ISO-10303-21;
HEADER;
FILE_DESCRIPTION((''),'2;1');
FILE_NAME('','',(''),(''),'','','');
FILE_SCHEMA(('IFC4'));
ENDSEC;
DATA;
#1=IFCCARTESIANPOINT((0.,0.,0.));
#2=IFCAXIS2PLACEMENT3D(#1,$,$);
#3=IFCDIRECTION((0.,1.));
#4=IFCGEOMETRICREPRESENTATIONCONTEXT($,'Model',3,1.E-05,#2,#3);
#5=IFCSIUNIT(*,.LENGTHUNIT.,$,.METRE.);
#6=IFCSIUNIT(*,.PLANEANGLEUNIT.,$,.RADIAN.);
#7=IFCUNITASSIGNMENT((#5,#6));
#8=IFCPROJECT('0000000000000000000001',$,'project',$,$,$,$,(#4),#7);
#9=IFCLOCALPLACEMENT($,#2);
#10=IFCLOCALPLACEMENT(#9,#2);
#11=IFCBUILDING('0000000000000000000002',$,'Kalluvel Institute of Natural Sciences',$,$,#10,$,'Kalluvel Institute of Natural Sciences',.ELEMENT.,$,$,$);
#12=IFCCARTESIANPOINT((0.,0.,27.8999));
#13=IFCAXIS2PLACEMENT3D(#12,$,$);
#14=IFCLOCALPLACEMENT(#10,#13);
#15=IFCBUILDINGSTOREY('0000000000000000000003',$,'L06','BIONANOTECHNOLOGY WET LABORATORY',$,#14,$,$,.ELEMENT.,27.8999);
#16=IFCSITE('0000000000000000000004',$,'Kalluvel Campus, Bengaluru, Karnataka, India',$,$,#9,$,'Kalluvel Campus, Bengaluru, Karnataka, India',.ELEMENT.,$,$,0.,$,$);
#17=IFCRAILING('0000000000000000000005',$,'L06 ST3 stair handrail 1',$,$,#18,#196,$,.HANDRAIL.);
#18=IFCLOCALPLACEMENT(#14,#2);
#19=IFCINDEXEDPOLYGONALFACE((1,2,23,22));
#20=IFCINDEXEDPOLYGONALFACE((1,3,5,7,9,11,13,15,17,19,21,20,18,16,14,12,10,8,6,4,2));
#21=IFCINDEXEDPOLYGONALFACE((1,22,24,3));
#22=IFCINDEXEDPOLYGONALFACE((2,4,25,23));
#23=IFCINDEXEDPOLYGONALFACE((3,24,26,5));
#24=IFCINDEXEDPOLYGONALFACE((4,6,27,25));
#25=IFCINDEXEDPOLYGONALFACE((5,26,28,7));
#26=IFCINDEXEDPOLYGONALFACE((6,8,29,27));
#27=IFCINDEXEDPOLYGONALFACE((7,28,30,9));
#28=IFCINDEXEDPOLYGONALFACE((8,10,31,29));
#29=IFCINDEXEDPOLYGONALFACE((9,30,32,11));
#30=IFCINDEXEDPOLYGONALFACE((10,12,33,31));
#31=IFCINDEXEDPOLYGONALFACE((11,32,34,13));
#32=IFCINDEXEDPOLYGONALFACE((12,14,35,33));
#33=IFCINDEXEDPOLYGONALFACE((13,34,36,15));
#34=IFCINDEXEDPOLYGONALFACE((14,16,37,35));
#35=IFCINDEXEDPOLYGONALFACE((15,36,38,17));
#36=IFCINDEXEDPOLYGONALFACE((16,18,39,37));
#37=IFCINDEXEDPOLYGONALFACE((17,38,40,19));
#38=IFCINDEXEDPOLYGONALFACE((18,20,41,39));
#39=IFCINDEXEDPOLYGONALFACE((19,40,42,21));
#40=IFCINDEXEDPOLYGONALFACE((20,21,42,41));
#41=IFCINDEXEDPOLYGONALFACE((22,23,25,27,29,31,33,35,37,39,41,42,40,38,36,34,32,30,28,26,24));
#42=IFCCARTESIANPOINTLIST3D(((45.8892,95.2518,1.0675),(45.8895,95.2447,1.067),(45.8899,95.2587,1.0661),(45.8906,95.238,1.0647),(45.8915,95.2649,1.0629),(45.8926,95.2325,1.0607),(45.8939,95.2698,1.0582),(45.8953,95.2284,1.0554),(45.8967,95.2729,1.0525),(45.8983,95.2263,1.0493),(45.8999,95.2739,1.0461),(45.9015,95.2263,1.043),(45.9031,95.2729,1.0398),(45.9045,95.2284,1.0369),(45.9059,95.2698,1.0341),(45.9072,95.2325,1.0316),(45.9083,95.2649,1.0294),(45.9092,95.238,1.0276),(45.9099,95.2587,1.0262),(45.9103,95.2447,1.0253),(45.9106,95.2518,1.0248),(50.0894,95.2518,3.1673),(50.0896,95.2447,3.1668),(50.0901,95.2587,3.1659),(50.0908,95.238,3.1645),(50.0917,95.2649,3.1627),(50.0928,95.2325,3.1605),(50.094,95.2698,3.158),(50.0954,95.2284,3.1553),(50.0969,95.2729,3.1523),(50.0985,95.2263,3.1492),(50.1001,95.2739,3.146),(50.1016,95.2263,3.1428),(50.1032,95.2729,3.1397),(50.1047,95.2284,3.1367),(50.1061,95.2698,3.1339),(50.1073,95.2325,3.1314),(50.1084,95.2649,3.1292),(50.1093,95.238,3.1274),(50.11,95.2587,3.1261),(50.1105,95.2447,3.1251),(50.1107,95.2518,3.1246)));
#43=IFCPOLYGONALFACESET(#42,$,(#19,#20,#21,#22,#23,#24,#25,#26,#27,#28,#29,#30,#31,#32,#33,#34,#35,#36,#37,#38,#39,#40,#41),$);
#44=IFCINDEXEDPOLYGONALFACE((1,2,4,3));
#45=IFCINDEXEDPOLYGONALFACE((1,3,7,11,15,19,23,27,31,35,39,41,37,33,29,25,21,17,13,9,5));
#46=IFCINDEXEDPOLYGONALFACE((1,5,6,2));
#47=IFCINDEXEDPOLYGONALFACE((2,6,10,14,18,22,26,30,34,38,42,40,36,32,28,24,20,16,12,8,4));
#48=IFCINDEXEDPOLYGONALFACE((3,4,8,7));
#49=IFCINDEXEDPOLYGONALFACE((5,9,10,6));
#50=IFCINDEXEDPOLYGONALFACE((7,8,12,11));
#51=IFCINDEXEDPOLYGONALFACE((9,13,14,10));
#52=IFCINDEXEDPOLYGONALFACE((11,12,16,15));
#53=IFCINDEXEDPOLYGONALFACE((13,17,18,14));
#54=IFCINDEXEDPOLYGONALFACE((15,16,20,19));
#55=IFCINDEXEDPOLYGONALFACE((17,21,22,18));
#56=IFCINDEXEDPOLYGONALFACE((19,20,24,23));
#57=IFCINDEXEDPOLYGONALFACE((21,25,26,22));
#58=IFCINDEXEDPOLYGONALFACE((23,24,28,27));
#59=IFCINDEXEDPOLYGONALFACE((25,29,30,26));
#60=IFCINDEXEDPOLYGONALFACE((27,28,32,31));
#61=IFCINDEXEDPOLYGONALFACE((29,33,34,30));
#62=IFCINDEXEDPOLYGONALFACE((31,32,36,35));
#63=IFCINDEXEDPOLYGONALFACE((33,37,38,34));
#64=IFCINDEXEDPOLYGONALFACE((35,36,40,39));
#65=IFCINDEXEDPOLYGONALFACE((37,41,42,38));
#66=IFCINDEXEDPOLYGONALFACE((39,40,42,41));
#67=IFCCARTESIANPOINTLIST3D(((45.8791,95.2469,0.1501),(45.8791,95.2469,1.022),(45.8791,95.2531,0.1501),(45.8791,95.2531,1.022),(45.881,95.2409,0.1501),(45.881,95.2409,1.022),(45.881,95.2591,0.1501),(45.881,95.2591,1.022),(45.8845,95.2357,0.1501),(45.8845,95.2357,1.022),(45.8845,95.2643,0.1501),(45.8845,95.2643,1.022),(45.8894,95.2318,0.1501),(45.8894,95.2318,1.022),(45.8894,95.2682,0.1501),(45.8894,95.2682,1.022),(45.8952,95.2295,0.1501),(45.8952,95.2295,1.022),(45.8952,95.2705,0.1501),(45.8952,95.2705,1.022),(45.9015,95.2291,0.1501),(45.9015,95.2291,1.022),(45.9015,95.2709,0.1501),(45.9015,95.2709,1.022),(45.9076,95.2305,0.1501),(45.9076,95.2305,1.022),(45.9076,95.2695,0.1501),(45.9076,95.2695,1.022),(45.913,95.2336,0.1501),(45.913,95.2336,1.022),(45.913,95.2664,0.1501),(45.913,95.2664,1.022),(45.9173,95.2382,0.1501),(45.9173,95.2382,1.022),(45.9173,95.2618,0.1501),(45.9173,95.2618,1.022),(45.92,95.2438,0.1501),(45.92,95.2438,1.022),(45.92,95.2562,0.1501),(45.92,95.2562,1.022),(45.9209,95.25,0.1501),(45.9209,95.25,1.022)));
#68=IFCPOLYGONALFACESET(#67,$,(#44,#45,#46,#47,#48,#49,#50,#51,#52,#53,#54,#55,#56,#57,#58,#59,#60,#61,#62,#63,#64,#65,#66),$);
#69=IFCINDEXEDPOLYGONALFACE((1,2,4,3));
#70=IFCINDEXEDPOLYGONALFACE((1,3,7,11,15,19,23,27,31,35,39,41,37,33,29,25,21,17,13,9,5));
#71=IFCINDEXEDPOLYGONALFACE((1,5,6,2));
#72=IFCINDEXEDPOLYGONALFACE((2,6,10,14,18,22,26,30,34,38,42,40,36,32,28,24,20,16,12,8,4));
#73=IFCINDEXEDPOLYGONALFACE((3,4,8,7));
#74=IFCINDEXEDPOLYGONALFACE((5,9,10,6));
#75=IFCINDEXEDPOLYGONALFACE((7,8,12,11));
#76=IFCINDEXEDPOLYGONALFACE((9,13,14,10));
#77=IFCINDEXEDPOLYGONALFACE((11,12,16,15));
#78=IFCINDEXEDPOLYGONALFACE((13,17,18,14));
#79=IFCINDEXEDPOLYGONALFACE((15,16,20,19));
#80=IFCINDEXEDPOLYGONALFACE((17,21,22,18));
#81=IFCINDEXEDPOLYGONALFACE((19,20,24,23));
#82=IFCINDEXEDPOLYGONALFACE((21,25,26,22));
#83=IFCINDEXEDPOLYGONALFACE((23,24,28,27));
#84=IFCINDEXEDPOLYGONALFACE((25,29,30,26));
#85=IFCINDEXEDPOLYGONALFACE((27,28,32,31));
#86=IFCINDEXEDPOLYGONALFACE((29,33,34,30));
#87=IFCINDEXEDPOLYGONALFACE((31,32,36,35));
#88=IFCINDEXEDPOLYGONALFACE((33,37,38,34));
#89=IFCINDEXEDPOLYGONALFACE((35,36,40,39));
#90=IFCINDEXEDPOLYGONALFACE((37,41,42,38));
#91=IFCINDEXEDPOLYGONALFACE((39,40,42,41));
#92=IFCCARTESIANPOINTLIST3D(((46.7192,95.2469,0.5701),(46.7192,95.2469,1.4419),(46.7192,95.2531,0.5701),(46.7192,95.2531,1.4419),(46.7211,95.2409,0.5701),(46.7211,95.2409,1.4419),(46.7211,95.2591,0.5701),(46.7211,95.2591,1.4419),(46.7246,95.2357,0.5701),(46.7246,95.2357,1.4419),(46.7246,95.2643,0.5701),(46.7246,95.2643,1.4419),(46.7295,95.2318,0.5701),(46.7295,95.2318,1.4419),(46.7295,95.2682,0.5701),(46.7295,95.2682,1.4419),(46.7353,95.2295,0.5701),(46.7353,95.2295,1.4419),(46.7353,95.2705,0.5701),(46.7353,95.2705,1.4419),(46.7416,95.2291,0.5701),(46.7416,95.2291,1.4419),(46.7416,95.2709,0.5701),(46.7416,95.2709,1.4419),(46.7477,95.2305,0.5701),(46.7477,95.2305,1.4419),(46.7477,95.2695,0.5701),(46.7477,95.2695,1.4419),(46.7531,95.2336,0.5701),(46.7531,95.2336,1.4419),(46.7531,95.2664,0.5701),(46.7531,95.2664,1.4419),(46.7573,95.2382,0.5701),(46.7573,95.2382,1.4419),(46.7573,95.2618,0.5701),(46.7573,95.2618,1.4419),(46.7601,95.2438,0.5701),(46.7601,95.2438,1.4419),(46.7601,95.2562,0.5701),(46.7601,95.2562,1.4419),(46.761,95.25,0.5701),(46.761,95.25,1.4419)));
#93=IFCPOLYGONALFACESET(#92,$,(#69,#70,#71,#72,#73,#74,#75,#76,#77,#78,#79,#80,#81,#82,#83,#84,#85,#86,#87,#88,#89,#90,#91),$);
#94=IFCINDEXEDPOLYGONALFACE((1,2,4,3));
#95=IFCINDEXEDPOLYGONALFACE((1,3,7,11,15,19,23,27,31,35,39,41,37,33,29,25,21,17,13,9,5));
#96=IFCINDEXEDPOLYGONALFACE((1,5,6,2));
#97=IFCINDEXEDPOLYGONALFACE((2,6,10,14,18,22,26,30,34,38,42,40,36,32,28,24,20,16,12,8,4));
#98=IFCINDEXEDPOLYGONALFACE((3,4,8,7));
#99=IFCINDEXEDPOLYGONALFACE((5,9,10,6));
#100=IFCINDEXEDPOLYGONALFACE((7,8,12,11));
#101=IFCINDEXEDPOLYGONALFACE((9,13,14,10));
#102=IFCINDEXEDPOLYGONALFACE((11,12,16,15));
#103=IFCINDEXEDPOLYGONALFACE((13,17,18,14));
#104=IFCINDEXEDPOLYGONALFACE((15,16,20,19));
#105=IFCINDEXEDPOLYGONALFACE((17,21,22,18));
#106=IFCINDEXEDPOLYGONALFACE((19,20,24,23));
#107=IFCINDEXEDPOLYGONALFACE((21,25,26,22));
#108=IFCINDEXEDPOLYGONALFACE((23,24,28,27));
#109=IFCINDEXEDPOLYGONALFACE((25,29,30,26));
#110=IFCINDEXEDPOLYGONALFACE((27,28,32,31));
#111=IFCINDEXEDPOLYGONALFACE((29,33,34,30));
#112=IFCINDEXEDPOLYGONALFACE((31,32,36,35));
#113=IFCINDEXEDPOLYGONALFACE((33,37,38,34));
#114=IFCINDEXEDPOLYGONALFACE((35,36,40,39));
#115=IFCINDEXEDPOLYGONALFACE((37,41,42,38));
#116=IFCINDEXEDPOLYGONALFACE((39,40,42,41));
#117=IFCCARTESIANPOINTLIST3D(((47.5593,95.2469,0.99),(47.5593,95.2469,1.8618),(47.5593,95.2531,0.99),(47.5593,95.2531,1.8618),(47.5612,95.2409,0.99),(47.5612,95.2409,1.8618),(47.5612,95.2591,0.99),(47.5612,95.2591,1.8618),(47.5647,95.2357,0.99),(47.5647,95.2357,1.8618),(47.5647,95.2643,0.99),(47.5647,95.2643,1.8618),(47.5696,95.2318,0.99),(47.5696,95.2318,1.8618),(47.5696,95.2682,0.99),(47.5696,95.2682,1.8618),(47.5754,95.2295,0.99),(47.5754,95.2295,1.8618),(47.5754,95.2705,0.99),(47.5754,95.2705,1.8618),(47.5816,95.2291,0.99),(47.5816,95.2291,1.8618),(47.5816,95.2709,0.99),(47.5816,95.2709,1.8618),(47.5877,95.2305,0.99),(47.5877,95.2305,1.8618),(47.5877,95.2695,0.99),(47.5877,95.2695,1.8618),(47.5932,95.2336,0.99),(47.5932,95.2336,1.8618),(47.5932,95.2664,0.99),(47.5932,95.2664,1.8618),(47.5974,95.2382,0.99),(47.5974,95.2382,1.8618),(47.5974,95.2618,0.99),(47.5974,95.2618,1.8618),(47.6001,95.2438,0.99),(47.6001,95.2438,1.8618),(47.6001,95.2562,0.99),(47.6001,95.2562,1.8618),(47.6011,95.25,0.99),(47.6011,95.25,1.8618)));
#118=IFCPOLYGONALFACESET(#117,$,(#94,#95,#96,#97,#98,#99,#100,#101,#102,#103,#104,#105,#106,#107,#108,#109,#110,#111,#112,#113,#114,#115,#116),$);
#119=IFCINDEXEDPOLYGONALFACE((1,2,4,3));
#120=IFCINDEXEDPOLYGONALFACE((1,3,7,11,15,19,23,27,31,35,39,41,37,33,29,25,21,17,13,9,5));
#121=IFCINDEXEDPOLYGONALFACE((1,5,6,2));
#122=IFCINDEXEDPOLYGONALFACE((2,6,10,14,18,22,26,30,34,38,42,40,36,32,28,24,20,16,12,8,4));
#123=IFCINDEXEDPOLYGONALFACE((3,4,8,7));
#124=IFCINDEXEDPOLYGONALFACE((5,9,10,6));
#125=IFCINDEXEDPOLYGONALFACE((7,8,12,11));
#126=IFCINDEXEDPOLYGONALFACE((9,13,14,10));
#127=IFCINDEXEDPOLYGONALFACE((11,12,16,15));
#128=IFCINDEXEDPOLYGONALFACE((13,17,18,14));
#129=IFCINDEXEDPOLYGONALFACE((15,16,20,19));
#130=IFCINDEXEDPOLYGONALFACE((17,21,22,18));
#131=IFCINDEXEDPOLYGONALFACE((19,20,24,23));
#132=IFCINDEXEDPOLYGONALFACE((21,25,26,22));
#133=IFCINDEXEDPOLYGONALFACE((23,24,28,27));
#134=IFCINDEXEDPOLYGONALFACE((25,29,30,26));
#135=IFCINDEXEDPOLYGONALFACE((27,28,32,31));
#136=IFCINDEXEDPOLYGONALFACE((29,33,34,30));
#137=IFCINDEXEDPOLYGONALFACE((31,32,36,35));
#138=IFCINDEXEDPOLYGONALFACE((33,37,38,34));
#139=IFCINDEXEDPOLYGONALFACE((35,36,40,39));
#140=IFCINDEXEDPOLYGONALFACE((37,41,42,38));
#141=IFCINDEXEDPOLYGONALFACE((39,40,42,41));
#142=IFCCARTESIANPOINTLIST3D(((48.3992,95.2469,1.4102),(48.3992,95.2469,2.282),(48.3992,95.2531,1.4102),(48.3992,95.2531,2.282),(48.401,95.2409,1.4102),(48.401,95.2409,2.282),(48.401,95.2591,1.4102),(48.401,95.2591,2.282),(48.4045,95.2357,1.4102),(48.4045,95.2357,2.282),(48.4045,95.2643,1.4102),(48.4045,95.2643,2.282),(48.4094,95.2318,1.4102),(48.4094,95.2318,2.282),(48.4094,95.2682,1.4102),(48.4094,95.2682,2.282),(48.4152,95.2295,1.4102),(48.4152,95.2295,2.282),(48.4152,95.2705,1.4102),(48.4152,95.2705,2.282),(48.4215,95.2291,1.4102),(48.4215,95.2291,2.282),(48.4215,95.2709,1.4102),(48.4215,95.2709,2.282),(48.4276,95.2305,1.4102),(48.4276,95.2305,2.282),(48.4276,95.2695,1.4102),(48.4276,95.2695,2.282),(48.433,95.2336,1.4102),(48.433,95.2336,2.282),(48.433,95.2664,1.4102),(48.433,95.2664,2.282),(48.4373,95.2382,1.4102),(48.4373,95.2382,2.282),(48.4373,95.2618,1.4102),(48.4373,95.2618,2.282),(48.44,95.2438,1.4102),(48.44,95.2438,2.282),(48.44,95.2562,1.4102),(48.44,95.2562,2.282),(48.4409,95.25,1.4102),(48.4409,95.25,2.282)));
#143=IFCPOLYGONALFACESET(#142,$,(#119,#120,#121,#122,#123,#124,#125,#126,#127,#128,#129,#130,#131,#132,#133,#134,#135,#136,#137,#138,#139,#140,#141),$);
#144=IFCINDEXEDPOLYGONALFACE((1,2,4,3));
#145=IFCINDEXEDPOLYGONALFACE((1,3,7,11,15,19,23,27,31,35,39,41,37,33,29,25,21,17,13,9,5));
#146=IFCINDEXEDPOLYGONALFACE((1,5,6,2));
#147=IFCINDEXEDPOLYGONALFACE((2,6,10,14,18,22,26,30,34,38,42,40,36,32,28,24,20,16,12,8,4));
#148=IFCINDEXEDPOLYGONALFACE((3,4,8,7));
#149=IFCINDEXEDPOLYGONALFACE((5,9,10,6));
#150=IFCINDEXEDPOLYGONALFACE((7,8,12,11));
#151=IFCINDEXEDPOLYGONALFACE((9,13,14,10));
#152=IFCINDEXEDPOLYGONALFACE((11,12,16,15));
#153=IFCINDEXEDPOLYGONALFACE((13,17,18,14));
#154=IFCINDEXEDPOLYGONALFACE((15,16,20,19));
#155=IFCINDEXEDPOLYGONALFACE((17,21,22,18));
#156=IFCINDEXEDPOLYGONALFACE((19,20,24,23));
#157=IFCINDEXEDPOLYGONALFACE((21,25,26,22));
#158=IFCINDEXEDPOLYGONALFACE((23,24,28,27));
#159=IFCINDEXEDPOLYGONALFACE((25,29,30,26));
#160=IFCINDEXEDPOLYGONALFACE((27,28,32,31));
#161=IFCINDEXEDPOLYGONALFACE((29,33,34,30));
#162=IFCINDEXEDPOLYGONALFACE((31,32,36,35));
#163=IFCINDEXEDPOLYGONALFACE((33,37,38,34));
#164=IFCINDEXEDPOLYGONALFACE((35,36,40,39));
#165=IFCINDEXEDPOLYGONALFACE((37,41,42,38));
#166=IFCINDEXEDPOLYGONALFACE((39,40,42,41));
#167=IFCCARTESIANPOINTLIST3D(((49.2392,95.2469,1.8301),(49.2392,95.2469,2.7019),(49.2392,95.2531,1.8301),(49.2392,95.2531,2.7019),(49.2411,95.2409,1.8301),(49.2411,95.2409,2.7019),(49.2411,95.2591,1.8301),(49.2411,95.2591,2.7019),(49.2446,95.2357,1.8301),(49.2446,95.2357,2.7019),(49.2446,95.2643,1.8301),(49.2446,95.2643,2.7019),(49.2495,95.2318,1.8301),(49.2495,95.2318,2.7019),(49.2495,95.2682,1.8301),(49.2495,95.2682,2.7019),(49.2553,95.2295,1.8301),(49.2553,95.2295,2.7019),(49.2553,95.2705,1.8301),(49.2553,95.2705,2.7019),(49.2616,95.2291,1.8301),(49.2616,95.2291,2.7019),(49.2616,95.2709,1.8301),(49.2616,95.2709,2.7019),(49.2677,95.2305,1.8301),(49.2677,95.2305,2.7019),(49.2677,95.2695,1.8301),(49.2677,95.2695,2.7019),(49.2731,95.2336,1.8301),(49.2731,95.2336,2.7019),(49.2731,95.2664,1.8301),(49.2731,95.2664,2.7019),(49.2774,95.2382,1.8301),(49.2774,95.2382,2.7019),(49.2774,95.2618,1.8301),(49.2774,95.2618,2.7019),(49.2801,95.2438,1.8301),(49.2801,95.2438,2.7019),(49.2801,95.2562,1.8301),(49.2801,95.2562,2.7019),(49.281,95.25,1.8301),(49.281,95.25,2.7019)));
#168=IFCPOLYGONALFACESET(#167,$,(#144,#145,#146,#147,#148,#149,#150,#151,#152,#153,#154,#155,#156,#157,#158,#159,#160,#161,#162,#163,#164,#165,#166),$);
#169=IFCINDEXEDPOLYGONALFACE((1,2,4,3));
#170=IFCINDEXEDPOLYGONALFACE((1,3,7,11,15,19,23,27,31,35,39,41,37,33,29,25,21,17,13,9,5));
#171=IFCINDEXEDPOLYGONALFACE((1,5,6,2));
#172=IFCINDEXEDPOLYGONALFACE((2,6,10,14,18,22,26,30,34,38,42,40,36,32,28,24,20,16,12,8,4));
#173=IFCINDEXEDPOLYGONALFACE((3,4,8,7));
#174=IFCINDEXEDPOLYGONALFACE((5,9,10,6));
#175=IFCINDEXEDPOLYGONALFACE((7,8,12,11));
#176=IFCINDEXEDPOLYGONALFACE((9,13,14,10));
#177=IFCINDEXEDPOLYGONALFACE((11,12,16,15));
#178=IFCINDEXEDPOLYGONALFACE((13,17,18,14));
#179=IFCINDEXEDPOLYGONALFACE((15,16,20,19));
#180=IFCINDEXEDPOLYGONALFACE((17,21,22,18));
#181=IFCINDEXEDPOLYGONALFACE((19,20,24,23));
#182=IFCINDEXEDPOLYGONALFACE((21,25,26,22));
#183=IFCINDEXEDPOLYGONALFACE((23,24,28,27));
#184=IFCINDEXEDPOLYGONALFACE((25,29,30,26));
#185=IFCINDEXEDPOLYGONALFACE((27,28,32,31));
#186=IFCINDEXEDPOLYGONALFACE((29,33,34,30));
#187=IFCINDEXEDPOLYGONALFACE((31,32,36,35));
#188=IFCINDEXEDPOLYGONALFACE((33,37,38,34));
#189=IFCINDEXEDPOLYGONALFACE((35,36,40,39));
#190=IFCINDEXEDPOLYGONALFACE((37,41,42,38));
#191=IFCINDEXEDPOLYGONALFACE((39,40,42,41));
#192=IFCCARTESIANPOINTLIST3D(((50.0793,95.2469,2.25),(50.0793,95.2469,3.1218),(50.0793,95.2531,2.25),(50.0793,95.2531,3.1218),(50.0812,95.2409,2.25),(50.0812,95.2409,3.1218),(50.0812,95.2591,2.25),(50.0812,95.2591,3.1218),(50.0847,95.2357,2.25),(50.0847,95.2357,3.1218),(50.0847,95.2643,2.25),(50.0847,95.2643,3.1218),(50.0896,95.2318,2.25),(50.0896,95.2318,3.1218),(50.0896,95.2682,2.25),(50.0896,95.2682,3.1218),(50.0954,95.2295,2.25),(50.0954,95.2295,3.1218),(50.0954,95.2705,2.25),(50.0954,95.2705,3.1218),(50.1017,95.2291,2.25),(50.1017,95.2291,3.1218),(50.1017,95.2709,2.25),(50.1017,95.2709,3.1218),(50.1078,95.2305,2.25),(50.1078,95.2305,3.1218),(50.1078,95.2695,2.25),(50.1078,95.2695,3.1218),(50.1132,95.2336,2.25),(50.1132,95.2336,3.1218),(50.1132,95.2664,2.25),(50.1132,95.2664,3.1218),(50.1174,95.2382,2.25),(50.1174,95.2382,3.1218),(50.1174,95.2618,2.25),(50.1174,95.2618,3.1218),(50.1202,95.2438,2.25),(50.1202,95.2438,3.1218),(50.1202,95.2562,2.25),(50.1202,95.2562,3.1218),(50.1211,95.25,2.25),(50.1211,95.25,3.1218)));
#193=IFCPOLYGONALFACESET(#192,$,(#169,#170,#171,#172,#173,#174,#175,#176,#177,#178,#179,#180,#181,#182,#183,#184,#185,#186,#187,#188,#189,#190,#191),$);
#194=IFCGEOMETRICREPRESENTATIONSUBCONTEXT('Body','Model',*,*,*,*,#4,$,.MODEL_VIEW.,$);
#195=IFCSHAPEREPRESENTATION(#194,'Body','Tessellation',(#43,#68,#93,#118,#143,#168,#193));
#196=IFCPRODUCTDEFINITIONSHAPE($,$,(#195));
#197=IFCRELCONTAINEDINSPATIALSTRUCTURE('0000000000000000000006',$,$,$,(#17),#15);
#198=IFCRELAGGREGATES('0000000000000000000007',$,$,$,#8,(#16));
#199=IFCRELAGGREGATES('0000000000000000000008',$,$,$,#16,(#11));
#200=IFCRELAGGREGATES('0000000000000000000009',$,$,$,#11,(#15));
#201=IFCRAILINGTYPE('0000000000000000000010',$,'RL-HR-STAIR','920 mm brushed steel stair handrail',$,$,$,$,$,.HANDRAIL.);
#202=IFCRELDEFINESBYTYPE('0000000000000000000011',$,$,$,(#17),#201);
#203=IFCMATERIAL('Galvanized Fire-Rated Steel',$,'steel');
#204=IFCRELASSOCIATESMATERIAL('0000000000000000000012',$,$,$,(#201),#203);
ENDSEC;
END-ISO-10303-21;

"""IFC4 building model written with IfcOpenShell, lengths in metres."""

from ifc_helpers import new_model, si_unit, direction, frame, origin, origin_2d, place, context, subcontext, project, spatial, circle, extrude, material, type_object, element, save


model = new_model("IFC4")

# Units and contexts
model_context = context("Model", 3, precision=1e-05, world=origin(), true_north=direction((0.0, 1.0)))
body_context = subcontext(model_context, "Body", "Model", "MODEL_VIEW")
ifc_project = project(units=[si_unit("LENGTHUNIT", "METRE"), si_unit("PLANEANGLEUNIT", "RADIAN")], contexts=[model_context])

# Site, building, storey
site_placement = place(None, origin())
site = spatial("IfcSite", under=ifc_project, at=site_placement, Name="Kalluvel Campus, Bengaluru, Karnataka, India", LongName="Kalluvel Campus, Bengaluru, Karnataka, India", CompositionType="ELEMENT", RefElevation=0.0)
building_placement = place(site_placement, origin())
building = spatial("IfcBuilding", under=site, at=building_placement, Name="Kalluvel Institute of Natural Sciences", LongName="Kalluvel Institute of Natural Sciences", CompositionType="ELEMENT")
storey_placement = place(building_placement, frame((0.0, 0.0, 27.8999)))
storey = spatial("IfcBuildingStorey", under=building, at=storey_placement, Name="L06", Description="BIONANOTECHNOLOGY WET LABORATORY", CompositionType="ELEMENT", Elevation=27.8999)

# Railing
ifc_material_1 = material(Name="Galvanized Fire-Rated Steel", Category="steel")
railing_type_1 = type_object("IfcRailingType", Name="RL-HR-STAIR", Description="920 mm brushed steel stair handrail", PredefinedType="HANDRAIL", material=ifc_material_1)
railing_1_placement = place(storey_placement, frame((45.8999, 95.25, 0.1501)))
element("IfcRailing", 1, at=railing_1_placement, inside=storey, type_object=railing_type_1, Name="L06 ST3 stair handrail 1", PredefinedType="HANDRAIL", context=body_context, shape_type="SweptSolid", body=[
    extrude(circle(Radius=0.0239, at=origin_2d()), frame((0.0, 0.0, 0.896), z_axis=(0.894448, 0.0, 0.447172), x_axis=(0.0, 1.0, 0.0)), (0.0, 0.0, 1.0), 4.6958),
    extrude(circle(Radius=0.021, at=origin_2d()), origin(), (0.0, 0.0, 1.0), 0.8718),
    extrude(circle(Radius=0.021, at=origin_2d()), frame((0.8401, 0.0, 0.4199)), (0.0, 0.0, 1.0), 0.8718),
    extrude(circle(Radius=0.021, at=origin_2d()), frame((1.6802, 0.0, 0.8398)), (0.0, 0.0, 1.0), 0.8718),
    extrude(circle(Radius=0.021, at=origin_2d()), frame((2.52, 0.0, 1.26)), (0.0, 0.0, 1.0), 0.8718),
    extrude(circle(Radius=0.021, at=origin_2d()), frame((3.3601, 0.0, 1.6799)), (0.0, 0.0, 1.0), 0.8718),
    extrude(circle(Radius=0.021, at=origin_2d()), frame((4.2002, 0.0, 2.0999)), (0.0, 0.0, 1.0), 0.8718),
])

save(model, "model.ifc")
